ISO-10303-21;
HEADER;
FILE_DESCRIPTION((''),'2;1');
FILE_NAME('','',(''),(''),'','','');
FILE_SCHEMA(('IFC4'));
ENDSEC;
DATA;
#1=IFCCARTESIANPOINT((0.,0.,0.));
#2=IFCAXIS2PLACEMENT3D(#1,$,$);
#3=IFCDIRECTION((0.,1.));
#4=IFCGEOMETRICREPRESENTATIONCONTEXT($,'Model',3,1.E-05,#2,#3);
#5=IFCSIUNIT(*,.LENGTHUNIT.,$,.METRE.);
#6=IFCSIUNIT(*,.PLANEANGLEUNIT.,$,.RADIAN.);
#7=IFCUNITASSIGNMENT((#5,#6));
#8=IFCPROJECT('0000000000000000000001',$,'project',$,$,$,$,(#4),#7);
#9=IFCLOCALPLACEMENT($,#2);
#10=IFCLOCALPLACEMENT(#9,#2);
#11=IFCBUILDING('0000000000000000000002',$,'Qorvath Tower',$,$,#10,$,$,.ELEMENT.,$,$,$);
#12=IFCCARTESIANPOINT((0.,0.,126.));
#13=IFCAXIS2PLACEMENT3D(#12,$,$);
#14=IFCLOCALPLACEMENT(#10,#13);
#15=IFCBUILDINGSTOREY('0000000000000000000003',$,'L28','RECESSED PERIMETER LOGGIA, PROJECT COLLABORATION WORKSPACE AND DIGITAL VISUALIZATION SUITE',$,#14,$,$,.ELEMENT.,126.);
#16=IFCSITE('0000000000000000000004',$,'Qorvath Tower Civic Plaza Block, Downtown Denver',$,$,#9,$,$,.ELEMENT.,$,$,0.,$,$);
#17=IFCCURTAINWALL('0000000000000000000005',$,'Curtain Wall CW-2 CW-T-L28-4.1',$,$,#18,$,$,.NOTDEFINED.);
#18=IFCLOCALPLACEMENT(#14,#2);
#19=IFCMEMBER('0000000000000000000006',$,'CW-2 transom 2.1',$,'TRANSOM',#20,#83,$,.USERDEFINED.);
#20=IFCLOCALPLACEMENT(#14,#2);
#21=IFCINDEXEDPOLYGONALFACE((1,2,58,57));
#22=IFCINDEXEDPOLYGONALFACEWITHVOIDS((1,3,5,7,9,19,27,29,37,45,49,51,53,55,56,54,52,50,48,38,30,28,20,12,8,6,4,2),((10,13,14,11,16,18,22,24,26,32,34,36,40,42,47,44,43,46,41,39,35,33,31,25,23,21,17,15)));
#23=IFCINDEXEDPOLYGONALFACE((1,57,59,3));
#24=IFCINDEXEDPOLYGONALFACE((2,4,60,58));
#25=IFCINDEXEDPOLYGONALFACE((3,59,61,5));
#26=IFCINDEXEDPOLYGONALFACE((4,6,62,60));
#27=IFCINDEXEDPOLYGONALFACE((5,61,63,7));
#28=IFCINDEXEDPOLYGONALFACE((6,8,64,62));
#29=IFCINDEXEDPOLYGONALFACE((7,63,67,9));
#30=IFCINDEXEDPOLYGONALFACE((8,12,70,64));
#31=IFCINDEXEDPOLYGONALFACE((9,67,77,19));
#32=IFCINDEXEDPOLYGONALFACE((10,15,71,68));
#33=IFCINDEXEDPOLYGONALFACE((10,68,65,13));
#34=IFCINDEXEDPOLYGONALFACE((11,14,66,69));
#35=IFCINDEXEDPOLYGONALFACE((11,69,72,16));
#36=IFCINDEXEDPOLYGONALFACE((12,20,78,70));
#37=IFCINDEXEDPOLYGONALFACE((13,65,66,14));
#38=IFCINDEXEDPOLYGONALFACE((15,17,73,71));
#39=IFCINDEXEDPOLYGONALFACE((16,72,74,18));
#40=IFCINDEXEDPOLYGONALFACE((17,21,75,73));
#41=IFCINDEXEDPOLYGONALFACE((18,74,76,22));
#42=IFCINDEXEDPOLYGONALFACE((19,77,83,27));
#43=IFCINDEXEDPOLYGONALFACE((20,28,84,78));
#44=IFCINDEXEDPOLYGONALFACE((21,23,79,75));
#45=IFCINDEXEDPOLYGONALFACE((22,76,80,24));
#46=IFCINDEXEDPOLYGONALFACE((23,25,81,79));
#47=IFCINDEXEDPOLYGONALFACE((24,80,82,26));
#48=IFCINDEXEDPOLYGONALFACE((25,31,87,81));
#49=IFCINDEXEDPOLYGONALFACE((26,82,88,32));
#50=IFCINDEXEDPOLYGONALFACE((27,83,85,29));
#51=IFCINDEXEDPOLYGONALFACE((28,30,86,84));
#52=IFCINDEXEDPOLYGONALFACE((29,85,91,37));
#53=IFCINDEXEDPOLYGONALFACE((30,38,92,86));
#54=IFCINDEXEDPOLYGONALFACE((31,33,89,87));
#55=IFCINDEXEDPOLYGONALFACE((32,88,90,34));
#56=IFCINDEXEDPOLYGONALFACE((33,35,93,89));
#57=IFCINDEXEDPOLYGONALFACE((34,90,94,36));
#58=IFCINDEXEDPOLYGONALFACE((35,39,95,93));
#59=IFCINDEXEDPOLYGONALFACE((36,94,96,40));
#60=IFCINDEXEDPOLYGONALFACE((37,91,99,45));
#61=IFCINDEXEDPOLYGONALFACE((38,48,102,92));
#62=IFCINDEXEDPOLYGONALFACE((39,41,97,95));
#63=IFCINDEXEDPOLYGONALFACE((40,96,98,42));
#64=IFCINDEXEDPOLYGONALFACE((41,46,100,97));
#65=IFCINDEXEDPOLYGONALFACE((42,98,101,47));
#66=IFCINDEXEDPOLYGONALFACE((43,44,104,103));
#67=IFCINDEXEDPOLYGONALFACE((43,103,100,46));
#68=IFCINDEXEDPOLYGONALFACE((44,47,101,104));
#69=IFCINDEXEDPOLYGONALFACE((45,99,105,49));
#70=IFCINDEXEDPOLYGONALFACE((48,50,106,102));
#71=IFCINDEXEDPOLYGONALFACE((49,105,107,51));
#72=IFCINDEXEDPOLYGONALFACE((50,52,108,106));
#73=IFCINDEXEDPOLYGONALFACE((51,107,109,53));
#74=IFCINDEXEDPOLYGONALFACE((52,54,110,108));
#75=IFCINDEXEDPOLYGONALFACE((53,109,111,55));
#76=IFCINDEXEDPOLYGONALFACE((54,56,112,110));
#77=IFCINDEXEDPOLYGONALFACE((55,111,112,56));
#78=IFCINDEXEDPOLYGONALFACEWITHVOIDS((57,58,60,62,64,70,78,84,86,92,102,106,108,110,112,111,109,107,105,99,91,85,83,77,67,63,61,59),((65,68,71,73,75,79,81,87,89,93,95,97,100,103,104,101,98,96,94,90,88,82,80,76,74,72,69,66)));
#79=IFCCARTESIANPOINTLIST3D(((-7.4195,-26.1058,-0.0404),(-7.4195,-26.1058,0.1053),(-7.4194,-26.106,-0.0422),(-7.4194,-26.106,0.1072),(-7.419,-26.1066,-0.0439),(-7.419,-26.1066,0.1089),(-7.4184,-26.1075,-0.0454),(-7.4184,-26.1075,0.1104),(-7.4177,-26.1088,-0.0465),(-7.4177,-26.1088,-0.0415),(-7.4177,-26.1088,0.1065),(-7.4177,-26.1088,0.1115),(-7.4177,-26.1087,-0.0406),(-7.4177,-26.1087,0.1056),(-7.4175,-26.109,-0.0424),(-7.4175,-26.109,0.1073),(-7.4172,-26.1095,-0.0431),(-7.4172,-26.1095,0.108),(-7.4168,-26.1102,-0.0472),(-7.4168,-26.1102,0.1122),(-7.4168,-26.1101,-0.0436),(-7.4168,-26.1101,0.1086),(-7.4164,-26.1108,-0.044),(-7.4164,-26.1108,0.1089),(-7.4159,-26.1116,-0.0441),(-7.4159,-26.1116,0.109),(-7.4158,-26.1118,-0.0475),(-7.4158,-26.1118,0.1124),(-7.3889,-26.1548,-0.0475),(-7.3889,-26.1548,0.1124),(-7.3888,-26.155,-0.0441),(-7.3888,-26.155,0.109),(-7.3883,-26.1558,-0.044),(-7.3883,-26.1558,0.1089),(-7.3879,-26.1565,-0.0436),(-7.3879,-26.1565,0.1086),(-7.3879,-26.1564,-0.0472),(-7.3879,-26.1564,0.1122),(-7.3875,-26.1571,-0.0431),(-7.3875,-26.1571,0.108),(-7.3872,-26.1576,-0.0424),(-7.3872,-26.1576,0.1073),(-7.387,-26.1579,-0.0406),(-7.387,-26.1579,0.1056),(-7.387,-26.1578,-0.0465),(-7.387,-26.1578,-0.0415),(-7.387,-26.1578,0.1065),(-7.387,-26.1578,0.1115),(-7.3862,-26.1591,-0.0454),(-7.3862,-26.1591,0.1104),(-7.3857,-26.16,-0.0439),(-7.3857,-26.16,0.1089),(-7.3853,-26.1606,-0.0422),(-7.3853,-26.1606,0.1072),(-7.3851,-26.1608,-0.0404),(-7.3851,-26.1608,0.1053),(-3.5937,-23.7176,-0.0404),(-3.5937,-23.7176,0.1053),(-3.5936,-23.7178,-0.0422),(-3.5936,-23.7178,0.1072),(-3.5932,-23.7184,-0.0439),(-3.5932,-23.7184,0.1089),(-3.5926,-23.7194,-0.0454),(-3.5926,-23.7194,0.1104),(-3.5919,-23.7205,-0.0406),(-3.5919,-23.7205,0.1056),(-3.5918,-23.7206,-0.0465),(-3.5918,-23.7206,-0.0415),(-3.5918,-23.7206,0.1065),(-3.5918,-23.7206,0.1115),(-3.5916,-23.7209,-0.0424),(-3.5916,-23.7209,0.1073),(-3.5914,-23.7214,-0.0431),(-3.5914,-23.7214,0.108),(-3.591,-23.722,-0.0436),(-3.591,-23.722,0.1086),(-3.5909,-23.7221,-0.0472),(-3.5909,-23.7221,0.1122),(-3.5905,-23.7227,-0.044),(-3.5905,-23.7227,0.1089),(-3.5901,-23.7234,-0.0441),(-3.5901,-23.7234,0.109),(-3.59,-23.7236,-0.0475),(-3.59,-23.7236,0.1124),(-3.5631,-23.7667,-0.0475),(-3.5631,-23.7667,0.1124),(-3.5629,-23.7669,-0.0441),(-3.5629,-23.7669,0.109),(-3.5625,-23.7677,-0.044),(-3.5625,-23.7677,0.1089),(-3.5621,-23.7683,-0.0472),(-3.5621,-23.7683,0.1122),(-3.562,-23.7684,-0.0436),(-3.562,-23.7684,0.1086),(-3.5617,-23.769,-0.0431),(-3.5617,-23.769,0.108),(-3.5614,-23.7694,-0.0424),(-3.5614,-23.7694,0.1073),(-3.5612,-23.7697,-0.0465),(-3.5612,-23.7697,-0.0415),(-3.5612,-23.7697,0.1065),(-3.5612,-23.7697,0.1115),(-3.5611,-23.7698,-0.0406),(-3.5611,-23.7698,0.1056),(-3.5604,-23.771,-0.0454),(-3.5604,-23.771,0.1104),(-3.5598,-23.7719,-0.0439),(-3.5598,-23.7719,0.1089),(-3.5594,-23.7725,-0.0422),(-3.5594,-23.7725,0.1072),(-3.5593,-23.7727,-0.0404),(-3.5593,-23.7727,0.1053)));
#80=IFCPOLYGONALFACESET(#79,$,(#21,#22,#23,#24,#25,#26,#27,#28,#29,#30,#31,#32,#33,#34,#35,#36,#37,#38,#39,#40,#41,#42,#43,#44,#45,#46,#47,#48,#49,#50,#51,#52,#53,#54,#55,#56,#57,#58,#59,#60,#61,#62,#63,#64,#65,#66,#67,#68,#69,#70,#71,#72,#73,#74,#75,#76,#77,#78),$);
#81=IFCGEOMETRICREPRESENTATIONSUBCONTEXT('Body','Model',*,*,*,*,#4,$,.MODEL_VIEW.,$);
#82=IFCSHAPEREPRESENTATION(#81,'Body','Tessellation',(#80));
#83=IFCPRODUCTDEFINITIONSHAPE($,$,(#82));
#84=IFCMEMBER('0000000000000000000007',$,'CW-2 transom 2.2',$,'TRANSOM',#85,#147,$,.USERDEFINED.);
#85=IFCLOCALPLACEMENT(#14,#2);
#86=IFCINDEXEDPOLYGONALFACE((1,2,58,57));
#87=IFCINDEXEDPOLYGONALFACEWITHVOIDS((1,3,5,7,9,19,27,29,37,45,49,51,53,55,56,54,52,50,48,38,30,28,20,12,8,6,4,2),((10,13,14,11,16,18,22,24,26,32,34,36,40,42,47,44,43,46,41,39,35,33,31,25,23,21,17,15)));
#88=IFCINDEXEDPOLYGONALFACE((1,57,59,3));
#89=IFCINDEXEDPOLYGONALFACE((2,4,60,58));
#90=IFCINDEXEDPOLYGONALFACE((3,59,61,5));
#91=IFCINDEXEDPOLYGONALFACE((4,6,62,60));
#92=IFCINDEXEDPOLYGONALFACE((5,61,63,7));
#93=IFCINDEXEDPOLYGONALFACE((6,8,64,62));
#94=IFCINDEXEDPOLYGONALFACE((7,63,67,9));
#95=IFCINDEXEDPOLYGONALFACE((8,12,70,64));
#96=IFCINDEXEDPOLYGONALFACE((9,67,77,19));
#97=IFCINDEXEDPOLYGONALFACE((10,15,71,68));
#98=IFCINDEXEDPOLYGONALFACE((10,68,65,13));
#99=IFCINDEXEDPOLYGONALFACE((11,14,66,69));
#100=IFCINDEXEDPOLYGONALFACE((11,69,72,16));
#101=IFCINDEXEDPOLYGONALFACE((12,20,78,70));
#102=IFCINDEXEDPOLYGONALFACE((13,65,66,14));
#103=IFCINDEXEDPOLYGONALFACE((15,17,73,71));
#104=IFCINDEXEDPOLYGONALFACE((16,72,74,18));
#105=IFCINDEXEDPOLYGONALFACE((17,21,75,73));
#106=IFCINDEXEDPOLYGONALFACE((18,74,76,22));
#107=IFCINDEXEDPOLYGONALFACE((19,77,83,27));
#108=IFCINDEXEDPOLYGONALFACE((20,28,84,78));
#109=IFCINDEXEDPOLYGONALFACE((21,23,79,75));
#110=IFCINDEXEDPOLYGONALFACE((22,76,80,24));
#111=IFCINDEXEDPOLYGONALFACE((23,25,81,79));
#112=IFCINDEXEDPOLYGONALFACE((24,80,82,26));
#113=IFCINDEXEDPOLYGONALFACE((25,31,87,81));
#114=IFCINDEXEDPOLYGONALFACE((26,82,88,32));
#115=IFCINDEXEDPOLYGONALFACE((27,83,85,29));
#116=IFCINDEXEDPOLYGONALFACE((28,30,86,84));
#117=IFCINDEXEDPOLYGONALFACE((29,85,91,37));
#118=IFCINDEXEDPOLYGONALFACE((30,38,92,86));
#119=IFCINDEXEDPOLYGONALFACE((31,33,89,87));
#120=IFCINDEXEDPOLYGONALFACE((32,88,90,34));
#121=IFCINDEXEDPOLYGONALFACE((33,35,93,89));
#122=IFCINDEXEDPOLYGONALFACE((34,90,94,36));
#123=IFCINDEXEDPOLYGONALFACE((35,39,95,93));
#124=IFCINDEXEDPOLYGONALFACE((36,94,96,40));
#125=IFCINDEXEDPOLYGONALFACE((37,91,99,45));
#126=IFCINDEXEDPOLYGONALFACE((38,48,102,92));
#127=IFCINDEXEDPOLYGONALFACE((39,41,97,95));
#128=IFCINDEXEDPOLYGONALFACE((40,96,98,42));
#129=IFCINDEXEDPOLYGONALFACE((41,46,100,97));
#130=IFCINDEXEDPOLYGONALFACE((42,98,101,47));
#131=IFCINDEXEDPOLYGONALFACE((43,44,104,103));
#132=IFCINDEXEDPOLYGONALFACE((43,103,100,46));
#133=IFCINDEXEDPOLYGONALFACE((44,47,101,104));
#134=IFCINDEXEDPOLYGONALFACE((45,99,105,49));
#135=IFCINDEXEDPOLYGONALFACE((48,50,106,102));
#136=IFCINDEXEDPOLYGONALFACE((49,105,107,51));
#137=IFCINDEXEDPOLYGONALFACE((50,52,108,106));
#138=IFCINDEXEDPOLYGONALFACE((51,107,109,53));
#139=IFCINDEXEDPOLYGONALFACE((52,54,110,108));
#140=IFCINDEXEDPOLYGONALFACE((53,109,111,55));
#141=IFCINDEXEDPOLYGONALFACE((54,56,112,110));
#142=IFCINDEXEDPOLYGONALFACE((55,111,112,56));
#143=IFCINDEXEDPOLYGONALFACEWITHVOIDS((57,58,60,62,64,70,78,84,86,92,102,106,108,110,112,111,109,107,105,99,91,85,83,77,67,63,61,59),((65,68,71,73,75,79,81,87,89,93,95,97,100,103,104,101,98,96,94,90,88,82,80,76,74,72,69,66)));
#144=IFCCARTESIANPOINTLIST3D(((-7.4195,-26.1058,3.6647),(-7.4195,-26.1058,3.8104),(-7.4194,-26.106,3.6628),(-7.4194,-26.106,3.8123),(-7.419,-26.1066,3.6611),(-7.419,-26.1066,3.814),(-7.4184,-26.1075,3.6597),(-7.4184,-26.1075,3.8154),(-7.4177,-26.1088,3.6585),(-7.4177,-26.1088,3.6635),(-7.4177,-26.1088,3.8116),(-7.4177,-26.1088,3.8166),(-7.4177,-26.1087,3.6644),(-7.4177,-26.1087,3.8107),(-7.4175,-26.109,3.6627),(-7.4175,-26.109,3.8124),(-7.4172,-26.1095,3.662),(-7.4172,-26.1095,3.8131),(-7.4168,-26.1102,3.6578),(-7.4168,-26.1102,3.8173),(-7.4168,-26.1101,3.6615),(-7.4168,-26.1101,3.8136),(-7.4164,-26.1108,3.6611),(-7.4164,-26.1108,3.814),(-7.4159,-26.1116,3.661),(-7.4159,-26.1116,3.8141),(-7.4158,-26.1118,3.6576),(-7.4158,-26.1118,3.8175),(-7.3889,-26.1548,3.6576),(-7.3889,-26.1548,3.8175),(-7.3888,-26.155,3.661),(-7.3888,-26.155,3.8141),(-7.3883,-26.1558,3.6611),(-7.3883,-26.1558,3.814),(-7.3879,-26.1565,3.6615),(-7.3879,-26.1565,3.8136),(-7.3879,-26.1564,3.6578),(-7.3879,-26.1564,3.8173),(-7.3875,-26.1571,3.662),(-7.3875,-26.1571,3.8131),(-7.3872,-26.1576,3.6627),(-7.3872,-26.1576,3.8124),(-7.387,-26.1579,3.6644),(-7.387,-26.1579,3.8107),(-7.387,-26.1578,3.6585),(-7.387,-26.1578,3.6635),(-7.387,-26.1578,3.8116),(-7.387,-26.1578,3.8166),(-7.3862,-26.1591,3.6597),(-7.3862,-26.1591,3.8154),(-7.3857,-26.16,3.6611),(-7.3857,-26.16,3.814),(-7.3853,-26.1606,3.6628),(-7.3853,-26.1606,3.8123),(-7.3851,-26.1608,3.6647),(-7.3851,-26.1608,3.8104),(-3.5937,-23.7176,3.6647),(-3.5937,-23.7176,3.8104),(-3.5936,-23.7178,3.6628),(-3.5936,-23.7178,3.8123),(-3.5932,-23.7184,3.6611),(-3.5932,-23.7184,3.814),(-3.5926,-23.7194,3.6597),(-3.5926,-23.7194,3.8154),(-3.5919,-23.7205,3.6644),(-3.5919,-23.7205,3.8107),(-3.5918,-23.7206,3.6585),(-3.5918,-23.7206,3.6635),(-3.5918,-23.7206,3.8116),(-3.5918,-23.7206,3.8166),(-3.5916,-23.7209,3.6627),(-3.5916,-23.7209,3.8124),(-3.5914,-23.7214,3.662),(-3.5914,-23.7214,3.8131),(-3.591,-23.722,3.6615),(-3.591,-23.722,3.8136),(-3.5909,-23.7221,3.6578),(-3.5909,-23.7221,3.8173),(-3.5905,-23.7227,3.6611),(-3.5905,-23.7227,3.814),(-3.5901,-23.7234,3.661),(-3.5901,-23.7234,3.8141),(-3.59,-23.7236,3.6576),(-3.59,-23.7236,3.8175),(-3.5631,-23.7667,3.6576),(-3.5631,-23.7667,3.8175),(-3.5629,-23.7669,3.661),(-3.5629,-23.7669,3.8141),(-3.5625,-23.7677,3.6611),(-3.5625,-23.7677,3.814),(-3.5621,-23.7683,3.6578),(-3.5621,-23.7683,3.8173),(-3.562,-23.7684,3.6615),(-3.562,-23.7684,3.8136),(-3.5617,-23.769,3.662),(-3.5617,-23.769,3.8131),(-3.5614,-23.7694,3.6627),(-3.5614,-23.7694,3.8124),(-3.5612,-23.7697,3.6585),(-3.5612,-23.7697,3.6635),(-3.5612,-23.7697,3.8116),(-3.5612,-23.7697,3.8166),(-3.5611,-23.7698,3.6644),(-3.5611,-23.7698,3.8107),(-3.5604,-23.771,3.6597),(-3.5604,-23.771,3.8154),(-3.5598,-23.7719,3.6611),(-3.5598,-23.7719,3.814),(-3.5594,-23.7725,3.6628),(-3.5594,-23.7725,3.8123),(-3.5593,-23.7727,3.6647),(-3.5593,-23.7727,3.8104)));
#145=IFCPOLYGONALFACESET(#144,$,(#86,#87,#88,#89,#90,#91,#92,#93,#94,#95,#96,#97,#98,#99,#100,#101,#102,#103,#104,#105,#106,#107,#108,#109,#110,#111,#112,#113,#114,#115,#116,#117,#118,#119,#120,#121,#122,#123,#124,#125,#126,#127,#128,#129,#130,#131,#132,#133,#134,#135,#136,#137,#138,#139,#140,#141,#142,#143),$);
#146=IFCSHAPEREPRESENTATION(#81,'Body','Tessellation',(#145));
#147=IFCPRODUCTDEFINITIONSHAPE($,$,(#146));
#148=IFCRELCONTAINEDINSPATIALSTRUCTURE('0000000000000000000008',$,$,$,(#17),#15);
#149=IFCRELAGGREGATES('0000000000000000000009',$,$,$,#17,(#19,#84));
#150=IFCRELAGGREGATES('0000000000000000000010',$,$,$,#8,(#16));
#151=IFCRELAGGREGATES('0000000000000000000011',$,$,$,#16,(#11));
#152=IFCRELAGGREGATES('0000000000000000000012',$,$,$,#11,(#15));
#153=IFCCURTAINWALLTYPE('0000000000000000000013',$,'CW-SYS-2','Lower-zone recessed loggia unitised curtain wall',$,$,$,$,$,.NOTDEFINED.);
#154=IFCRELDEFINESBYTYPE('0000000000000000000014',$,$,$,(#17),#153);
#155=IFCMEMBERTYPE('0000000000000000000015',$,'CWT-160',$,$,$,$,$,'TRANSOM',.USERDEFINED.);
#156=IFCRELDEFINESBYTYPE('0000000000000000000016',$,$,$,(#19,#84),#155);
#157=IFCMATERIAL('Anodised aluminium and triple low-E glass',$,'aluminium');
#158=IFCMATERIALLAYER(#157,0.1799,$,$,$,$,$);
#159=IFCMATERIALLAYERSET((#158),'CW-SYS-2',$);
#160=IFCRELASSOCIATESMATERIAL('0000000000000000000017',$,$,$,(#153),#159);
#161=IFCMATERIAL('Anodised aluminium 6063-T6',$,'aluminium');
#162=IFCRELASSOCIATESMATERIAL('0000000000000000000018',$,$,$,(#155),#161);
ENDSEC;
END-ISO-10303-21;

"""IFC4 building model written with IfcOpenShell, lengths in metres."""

from ifc_helpers import new_model, si_unit, direction, frame, origin, origin_2d, place, context, subcontext, project, spatial, hollow_rectangle, extrude, material, layer, layer_set, material_profile, profile_set, type_object, element, aggregate, save


model = new_model("IFC4")

# Units and contexts
model_context = context("Model", 3, precision=1e-05, world=origin(), true_north=direction((0.0, 1.0)))
body_context = subcontext(model_context, "Body", "Model", "MODEL_VIEW")
ifc_project = project(units=[si_unit("LENGTHUNIT", "METRE"), si_unit("PLANEANGLEUNIT", "RADIAN")], contexts=[model_context])

# Site, building, storey
site_placement = place(None, origin())
site = spatial("IfcSite", under=ifc_project, at=site_placement, Name="Qorvath Tower Civic Plaza Block, Downtown Denver", CompositionType="ELEMENT", RefElevation=0.0)
building_placement = place(site_placement, origin())
building = spatial("IfcBuilding", under=site, at=building_placement, Name="Qorvath Tower", CompositionType="ELEMENT")
storey_placement = place(building_placement, frame((0.0, 0.0, 126.0)))
storey = spatial("IfcBuildingStorey", under=building, at=storey_placement, Name="L28", Description="RECESSED PERIMETER LOGGIA, PROJECT COLLABORATION WORKSPACE AND DIGITAL VISUALIZATION SUITE", CompositionType="ELEMENT", Elevation=126.0)

# Curtain wall
ifc_material_1 = material(Name="Anodised aluminium and triple low-E glass", Category="aluminium")
ifc_layer_1 = layer(ifc_material_1, 0.1799)
ifc_layer_set_1 = layer_set([ifc_layer_1], Name="CW-SYS-2")
curtain_wall_type = type_object("IfcCurtainWallType", Name="CW-SYS-2", Description="Lower-zone recessed loggia unitised curtain wall", PredefinedType="NOTDEFINED", material=ifc_layer_set_1)
curtain_wall_1_placement = place(storey_placement, origin())
curtain_wall_1 = element("IfcCurtainWall", 1, at=curtain_wall_1_placement, inside=storey, type_object=curtain_wall_type, Name="Curtain Wall CW-2 CW-T-L28-4.1", PredefinedType="NOTDEFINED")

# Members
ifc_material_2 = material(Name="Anodised aluminium 6063-T6", Category="aluminium")
ifc_material_profile_1 = material_profile(ifc_material_2, hollow_rectangle(XDim=0.0649, YDim=0.1599, WallThickness=0.0034, InnerFilletRadius=0.0034, OuterFilletRadius=0.0071, at=origin_2d()), Name="CWT 160x65")
ifc_profile_set_1 = profile_set([ifc_material_profile_1], Name="Anodised aluminium 6063-T6")
member_type_1 = type_object("IfcMemberType", Name="CWT-160", ElementType="TRANSOM", PredefinedType="USERDEFINED", material=ifc_profile_set_1)
member_1_placement = place(storey_placement, frame((-7.4023, -26.1333, 0.0325), z_axis=(0.848299, 0.529517, 0.0), x_axis=(-0.529517, 0.848299, 0.0)))
member_1 = element("IfcMember", 2, at=member_1_placement, type_object=member_type_1, Name="CW-2 transom 2.1", ObjectType="TRANSOM", PredefinedType="USERDEFINED", context=body_context, shape_type="SweptSolid", body=[
    extrude(hollow_rectangle(XDim=0.0649, YDim=0.1599, WallThickness=0.0034, InnerFilletRadius=0.0034, OuterFilletRadius=0.0071, at=origin_2d()), origin(), (0.0, 0.0, 1.0), 4.51),
])
member_2_placement = place(storey_placement, frame((-7.4023, -26.1333, 3.7375), z_axis=(0.848299, 0.529517, 0.0), x_axis=(-0.529517, 0.848299, 0.0)))
member_2 = element("IfcMember", 3, at=member_2_placement, type_object=member_type_1, Name="CW-2 transom 2.2", ObjectType="TRANSOM", PredefinedType="USERDEFINED", context=body_context, shape_type="SweptSolid", body=[
    extrude(hollow_rectangle(XDim=0.0649, YDim=0.1599, WallThickness=0.0034, InnerFilletRadius=0.0034, OuterFilletRadius=0.0071, at=origin_2d()), origin(), (0.0, 0.0, 1.0), 4.51),
])

aggregate(curtain_wall_1, [member_1, member_2])

save(model, "model.ifc")
